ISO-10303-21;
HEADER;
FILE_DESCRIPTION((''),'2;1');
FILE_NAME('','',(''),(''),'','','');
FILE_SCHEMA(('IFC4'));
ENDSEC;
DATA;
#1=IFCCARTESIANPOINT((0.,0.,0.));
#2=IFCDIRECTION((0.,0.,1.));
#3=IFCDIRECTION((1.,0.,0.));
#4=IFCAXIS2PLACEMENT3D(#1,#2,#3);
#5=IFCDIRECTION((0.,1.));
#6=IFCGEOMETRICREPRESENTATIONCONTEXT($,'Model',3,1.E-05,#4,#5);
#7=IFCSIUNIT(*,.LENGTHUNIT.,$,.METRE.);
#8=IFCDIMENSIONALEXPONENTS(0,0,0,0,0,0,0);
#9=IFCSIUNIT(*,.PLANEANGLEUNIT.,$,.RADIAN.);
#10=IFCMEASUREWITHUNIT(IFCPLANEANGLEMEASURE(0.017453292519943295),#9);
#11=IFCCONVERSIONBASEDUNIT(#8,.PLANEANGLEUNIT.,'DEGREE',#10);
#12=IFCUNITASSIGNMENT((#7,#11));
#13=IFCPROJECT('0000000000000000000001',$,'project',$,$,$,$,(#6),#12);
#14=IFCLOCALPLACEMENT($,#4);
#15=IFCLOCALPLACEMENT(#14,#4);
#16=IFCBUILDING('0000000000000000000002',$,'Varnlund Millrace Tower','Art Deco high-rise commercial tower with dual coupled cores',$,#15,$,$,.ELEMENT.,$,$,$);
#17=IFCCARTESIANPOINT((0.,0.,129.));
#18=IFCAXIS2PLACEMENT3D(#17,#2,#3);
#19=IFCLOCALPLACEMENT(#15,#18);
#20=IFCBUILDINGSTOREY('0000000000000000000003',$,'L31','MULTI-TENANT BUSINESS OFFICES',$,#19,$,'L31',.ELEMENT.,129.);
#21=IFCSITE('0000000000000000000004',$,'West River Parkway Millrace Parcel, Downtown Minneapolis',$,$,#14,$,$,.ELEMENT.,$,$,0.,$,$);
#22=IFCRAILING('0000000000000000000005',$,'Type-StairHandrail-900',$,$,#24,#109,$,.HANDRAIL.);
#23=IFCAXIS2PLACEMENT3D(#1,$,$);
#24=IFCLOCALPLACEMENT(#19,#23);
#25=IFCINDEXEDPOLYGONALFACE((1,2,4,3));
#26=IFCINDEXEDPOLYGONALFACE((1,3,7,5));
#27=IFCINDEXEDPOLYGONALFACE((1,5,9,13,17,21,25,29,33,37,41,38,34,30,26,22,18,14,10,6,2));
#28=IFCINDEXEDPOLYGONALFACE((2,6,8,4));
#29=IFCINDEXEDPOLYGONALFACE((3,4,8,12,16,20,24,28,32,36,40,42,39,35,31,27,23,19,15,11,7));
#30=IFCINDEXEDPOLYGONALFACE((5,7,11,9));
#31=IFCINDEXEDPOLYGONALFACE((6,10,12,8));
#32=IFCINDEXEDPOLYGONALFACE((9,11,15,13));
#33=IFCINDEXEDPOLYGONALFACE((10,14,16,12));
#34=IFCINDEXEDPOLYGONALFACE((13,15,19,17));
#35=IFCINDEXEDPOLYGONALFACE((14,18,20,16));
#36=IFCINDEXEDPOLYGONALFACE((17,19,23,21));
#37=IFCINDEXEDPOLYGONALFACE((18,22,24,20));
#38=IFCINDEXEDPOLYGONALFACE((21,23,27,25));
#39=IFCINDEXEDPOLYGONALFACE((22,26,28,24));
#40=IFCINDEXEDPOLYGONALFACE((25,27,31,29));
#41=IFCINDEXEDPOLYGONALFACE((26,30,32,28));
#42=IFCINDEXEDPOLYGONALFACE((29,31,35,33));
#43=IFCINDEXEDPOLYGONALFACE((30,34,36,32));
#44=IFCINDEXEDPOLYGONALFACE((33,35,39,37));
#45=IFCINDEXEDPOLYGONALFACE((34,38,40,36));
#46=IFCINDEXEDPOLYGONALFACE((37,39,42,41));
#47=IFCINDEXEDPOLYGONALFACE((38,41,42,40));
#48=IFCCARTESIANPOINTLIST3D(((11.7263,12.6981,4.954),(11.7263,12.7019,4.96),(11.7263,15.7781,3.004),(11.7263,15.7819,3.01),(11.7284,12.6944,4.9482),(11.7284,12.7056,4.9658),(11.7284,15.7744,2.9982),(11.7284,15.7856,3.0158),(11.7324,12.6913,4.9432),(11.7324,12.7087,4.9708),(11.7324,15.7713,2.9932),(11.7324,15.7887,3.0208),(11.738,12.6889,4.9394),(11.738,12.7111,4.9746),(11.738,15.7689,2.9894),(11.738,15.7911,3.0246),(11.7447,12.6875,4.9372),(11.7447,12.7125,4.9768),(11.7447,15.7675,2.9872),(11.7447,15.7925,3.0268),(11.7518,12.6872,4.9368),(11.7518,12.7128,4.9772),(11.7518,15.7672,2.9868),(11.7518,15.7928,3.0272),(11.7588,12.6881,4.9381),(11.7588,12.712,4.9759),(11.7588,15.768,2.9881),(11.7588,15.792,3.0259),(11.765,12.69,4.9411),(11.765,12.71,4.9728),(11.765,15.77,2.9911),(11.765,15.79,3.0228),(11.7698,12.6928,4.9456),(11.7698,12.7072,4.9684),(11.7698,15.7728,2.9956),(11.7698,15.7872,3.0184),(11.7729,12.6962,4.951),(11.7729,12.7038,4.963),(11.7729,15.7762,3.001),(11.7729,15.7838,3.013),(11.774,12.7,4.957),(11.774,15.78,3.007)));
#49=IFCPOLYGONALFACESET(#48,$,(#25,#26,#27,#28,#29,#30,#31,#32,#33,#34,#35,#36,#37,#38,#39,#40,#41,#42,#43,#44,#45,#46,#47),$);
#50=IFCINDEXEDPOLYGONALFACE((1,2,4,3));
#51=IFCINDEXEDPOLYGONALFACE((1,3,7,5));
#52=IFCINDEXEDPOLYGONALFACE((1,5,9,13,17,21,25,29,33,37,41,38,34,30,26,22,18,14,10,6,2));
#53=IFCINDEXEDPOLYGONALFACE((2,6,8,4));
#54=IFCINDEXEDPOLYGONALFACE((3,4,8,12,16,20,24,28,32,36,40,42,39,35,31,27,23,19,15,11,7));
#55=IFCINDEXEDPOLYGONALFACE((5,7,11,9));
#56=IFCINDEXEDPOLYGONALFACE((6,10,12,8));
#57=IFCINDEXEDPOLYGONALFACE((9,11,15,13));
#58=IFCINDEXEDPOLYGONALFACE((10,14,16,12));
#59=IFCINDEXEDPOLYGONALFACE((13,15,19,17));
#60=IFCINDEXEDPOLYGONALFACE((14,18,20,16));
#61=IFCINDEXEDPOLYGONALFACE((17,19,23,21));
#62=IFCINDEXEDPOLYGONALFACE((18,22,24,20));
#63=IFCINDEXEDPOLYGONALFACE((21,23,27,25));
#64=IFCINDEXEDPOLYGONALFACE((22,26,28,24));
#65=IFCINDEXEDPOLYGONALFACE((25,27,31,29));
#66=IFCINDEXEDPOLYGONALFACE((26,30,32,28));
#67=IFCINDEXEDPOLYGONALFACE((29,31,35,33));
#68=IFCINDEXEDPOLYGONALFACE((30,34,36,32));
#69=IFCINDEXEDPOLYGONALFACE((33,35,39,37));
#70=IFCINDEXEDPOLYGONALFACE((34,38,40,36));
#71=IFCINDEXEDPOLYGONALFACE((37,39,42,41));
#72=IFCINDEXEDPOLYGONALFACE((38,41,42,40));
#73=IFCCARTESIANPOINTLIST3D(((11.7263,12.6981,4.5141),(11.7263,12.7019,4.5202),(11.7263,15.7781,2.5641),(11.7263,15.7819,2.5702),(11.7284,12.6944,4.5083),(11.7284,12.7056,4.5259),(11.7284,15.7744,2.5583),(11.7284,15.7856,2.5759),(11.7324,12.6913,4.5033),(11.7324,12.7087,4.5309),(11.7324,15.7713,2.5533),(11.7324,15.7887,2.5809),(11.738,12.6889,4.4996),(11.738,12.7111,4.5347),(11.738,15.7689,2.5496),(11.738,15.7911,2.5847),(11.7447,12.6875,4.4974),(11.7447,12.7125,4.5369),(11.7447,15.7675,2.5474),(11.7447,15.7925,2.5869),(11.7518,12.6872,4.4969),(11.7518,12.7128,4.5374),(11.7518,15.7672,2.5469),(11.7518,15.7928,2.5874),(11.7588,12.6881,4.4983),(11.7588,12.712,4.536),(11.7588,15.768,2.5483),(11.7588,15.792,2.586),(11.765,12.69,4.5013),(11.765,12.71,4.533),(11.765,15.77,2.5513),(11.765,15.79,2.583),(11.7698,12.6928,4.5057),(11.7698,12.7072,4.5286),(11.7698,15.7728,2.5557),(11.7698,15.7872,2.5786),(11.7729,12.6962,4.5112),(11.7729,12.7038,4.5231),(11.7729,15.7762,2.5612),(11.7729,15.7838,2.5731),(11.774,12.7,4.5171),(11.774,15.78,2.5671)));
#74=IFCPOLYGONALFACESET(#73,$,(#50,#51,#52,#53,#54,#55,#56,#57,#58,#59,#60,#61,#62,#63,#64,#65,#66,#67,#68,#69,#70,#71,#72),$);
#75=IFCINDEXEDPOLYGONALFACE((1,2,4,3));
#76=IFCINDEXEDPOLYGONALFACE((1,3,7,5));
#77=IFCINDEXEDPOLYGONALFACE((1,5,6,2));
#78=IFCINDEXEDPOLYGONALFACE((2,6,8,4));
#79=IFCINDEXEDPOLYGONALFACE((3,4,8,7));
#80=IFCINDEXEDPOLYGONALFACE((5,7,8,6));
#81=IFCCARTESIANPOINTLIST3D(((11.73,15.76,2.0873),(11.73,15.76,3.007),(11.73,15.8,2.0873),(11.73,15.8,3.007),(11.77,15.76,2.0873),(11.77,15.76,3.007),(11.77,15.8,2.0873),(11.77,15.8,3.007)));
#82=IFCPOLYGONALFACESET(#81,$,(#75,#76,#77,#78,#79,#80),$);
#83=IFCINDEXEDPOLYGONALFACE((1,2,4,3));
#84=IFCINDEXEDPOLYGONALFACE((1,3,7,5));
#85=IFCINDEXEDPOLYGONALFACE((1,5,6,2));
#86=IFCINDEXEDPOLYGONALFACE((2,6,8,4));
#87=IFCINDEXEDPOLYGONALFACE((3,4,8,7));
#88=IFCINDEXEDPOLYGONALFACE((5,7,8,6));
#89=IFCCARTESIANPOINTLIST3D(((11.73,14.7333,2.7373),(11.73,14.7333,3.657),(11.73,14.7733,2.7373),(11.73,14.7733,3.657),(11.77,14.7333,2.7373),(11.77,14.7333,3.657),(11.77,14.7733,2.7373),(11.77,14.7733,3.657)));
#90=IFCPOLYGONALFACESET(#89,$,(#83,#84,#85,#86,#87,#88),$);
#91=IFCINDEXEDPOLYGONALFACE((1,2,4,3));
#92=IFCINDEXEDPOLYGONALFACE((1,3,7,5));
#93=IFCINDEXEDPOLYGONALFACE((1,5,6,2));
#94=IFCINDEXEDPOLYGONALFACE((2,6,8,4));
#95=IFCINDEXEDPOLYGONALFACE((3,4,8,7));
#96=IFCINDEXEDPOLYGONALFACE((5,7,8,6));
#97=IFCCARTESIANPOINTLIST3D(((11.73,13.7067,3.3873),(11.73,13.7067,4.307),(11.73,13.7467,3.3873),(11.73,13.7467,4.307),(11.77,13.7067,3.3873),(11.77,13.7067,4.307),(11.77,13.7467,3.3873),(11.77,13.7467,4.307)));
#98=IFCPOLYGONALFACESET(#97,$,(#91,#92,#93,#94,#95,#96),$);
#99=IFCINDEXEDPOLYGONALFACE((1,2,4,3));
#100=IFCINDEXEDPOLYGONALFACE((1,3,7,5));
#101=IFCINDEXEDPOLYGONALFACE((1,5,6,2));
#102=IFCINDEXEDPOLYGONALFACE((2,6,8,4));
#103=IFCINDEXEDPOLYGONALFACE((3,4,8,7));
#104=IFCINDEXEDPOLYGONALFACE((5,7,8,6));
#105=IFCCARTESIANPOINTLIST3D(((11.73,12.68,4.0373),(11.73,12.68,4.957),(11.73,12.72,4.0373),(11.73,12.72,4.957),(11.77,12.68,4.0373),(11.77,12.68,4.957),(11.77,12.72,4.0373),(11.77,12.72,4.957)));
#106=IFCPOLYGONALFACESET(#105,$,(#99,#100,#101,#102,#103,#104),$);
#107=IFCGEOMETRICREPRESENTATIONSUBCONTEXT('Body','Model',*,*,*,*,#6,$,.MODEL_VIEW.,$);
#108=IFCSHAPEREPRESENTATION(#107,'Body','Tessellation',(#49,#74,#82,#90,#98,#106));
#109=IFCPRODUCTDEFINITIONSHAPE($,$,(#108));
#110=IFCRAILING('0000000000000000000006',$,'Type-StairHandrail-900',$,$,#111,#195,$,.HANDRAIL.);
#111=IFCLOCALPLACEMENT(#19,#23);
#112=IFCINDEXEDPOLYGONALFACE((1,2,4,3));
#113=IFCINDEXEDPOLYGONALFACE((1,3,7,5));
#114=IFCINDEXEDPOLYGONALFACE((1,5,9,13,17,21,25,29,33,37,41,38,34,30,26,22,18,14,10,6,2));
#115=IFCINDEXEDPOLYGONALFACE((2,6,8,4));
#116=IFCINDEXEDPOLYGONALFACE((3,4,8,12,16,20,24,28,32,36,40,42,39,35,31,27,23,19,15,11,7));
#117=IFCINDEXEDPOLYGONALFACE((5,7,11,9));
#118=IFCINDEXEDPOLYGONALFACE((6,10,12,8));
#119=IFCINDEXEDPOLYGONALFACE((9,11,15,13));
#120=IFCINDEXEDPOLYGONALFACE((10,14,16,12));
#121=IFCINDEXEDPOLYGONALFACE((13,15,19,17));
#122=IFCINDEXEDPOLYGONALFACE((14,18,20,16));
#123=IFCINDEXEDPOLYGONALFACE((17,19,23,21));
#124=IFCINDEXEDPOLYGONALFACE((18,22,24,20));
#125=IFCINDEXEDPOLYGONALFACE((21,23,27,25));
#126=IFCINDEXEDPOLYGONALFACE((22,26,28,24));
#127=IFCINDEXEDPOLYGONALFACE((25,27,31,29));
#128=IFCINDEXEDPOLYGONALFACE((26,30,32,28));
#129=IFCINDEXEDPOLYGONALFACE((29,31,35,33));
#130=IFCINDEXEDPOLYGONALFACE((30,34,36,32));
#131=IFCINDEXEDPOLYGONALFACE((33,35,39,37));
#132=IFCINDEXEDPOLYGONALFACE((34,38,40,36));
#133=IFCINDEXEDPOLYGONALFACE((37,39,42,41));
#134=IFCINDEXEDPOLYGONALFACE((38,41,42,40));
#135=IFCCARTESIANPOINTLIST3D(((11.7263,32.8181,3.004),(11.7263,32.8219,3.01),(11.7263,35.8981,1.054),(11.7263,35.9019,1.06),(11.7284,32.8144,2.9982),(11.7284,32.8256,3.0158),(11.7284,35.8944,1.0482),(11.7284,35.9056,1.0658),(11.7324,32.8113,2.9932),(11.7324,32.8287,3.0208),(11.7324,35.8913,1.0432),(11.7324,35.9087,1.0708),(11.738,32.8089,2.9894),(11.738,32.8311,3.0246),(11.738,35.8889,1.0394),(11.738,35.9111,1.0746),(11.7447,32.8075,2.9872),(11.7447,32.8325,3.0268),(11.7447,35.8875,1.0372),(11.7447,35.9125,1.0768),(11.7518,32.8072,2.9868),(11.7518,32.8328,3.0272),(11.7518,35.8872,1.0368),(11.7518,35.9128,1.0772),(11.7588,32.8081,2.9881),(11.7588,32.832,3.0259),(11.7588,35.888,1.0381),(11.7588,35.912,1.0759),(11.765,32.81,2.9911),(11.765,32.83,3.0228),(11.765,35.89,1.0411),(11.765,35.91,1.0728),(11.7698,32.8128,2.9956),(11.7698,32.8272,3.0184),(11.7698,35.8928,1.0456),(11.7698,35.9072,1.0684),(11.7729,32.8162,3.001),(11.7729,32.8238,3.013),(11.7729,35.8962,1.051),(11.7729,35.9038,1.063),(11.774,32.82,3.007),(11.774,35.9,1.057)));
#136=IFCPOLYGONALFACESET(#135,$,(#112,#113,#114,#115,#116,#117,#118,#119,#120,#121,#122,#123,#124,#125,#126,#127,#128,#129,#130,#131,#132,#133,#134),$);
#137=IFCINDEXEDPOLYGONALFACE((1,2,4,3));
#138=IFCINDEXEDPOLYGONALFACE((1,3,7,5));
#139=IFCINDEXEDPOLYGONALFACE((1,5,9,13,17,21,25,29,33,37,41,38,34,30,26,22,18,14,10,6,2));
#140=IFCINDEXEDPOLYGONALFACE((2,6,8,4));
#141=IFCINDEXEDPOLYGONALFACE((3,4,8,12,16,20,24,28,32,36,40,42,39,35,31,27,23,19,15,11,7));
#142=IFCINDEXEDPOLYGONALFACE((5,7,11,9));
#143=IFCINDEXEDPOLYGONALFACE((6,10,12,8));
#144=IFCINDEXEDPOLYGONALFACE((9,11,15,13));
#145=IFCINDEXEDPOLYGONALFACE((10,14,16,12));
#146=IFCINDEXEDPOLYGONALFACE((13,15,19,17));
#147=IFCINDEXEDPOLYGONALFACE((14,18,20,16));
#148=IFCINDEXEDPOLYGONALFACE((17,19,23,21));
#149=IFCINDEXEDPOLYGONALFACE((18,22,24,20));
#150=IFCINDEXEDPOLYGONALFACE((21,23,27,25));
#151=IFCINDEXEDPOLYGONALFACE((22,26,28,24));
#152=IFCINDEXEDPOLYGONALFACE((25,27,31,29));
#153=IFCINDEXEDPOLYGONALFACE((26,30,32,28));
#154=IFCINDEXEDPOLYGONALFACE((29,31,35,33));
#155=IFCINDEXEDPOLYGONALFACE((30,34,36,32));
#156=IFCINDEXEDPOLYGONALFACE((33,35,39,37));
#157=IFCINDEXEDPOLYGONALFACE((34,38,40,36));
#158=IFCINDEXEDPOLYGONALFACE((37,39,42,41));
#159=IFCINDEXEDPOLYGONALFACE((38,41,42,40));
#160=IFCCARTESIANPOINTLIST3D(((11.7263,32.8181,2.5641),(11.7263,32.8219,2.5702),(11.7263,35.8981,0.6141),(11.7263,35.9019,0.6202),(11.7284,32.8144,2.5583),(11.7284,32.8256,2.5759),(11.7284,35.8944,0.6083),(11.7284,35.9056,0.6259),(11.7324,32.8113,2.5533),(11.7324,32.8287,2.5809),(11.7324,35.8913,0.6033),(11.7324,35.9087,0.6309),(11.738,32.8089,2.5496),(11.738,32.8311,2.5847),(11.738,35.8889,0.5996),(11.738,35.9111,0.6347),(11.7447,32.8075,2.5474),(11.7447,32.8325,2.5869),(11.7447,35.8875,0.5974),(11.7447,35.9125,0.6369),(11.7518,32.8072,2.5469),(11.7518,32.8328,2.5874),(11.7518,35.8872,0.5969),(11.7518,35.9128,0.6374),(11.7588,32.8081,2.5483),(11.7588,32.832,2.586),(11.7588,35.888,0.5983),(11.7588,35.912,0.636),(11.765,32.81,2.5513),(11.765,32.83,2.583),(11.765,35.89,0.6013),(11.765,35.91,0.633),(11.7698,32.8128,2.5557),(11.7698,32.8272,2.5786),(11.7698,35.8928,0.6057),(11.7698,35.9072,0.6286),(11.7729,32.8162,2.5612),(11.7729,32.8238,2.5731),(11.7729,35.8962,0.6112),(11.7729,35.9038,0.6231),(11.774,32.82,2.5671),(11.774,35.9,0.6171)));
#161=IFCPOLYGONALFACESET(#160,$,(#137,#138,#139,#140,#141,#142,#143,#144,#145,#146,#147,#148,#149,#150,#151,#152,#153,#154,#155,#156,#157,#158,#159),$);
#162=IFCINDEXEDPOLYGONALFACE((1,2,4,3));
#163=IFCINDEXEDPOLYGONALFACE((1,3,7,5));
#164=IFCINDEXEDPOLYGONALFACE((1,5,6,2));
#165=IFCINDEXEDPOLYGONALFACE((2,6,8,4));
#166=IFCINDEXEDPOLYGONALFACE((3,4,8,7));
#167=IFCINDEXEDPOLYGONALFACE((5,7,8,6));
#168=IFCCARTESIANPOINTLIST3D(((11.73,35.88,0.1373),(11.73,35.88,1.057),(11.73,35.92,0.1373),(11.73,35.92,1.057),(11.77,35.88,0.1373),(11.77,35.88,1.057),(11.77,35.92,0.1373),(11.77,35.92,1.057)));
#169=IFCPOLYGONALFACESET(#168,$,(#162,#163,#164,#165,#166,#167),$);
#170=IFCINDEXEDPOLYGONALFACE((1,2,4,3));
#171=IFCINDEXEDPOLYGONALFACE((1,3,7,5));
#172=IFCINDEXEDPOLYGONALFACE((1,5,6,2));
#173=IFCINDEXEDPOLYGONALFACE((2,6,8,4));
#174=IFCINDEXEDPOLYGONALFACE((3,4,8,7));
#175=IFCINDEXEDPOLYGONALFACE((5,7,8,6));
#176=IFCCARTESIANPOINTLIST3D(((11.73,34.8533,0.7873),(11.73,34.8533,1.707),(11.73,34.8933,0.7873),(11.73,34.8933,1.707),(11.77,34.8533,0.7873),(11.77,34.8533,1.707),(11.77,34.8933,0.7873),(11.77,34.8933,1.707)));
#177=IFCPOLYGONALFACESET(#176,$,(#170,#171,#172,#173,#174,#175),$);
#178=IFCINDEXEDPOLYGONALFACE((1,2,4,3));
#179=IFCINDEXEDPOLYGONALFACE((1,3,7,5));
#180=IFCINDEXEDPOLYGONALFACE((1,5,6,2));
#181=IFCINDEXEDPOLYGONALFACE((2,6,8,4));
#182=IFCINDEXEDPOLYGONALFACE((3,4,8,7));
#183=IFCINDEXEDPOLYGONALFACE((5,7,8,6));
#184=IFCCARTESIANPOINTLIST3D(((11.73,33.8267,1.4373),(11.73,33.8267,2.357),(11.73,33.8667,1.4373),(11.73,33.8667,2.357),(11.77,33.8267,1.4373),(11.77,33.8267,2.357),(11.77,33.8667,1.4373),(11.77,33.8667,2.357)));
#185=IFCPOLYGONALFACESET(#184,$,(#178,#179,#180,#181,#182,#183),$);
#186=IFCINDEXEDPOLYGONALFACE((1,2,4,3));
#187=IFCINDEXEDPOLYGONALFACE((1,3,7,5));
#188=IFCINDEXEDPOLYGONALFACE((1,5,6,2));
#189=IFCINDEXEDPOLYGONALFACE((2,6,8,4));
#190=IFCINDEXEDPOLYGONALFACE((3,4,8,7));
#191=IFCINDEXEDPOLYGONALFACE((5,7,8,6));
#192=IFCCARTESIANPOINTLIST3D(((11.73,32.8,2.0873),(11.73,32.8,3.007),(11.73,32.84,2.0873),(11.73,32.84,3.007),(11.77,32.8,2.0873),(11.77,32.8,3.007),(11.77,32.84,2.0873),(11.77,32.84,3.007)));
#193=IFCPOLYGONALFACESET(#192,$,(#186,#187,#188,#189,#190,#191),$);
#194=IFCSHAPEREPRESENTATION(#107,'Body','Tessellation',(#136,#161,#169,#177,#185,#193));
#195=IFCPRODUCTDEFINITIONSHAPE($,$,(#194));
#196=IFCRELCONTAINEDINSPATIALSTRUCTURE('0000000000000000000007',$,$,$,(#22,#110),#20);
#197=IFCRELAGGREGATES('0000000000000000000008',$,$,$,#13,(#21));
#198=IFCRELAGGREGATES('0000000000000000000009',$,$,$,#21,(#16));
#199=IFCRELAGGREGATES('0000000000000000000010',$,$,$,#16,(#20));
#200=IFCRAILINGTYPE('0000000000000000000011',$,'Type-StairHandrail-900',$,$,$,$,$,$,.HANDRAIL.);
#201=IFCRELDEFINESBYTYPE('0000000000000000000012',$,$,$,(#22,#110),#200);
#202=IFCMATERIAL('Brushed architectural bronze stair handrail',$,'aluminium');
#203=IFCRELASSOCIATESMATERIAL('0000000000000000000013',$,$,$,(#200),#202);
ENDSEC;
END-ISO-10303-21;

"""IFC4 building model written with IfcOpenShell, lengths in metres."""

from ifc_helpers import new_model, entity, si_unit, converted_unit, direction, frame, origin_with_axes, origin_2d_with_axis, place, context, subcontext, project, spatial, rectangle, circle, extrude, material, type_object, element, save


model = new_model("IFC4")

# Units and contexts
model_context = context("Model", 3, precision=1e-05, world=origin_with_axes(), true_north=direction((0.0, 1.0)))
body_context = subcontext(model_context, "Body", "Model", "MODEL_VIEW")
ifc_project = project(units=[si_unit("LENGTHUNIT", "METRE"), converted_unit("PLANEANGLEUNIT", "DEGREE", entity("IfcPlaneAngleMeasure", 0.017453292519943295), si_unit("PLANEANGLEUNIT", "RADIAN"), dimensions=[0, 0, 0, 0, 0, 0, 0])], contexts=[model_context])

# Site, building, storey
site_placement = place(None, origin_with_axes())
site = spatial("IfcSite", under=ifc_project, at=site_placement, Name="West River Parkway Millrace Parcel, Downtown Minneapolis", CompositionType="ELEMENT", RefElevation=0.0)
building_placement = place(site_placement, origin_with_axes())
building = spatial("IfcBuilding", under=site, at=building_placement, Name="Varnlund Millrace Tower", Description="Art Deco high-rise commercial tower with dual coupled cores", CompositionType="ELEMENT")
storey_placement = place(building_placement, frame((0.0, 0.0, 129.0), z_axis=(0.0, 0.0, 1.0), x_axis=(1.0, 0.0, 0.0)))
storey = spatial("IfcBuildingStorey", under=building, at=storey_placement, Name="L31", Description="MULTI-TENANT BUSINESS OFFICES", LongName="L31", CompositionType="ELEMENT", Elevation=129.0)

# Railings
ifc_material_1 = material(Name="Brushed architectural bronze stair handrail", Category="aluminium")
railing_type_1 = type_object("IfcRailingType", Name="Type-StairHandrail-900", PredefinedType="HANDRAIL", material=ifc_material_1)
railing_1_placement = place(storey_placement, frame((0.0, 0.0, -129.0), z_axis=(0.0, 0.0, 1.0), x_axis=(1.0, 0.0, 0.0)))
element("IfcRailing", 1, at=railing_1_placement, inside=storey, type_object=railing_type_1, Name="Type-StairHandrail-900", PredefinedType="HANDRAIL", context=body_context, shape_type="SweptSolid", body=[
    extrude(circle(Radius=0.024, at=origin_2d_with_axis()), frame((11.75, 15.78, 132.007), z_axis=(0.0, -0.844902, 0.534922), x_axis=(1.0, 0.0, 0.0)), (0.0, 0.0, 1.0), 3.6454),
    extrude(circle(Radius=0.024, at=origin_2d_with_axis()), frame((11.75, 15.78, 131.5671), z_axis=(0.0, -0.844902, 0.534922), x_axis=(1.0, 0.0, 0.0)), (0.0, 0.0, 1.0), 3.6454),
    extrude(rectangle(XDim=0.04, YDim=0.04, at=origin_2d_with_axis()), frame((11.75, 15.78, 131.0873), z_axis=(0.0, 0.0, 1.0), x_axis=(1.0, 0.0, 0.0)), (0.0, 0.0, 1.0), 0.9197),
    extrude(rectangle(XDim=0.04, YDim=0.04, at=origin_2d_with_axis()), frame((11.75, 14.7533, 131.7373), z_axis=(0.0, 0.0, 1.0), x_axis=(1.0, 0.0, 0.0)), (0.0, 0.0, 1.0), 0.9197),
    extrude(rectangle(XDim=0.04, YDim=0.04, at=origin_2d_with_axis()), frame((11.75, 13.7267, 132.3873), z_axis=(0.0, 0.0, 1.0), x_axis=(1.0, 0.0, 0.0)), (0.0, 0.0, 1.0), 0.9197),
    extrude(rectangle(XDim=0.04, YDim=0.04, at=origin_2d_with_axis()), frame((11.75, 12.7, 133.0373), z_axis=(0.0, 0.0, 1.0), x_axis=(1.0, 0.0, 0.0)), (0.0, 0.0, 1.0), 0.9197),
])
railing_2_placement = place(storey_placement, frame((0.0, 0.0, -129.0), z_axis=(0.0, 0.0, 1.0), x_axis=(1.0, 0.0, 0.0)))
element("IfcRailing", 2, at=railing_2_placement, inside=storey, type_object=railing_type_1, Name="Type-StairHandrail-900", PredefinedType="HANDRAIL", context=body_context, shape_type="SweptSolid", body=[
    extrude(circle(Radius=0.024, at=origin_2d_with_axis()), frame((11.75, 35.9, 130.057), z_axis=(0.0, -0.844902, 0.534922), x_axis=(1.0, 0.0, 0.0)), (0.0, 0.0, 1.0), 3.6454),
    extrude(circle(Radius=0.024, at=origin_2d_with_axis()), frame((11.75, 35.9, 129.6171), z_axis=(0.0, -0.844902, 0.534922), x_axis=(1.0, 0.0, 0.0)), (0.0, 0.0, 1.0), 3.6454),
    extrude(rectangle(XDim=0.04, YDim=0.04, at=origin_2d_with_axis()), frame((11.75, 35.9, 129.1373), z_axis=(0.0, 0.0, 1.0), x_axis=(1.0, 0.0, 0.0)), (0.0, 0.0, 1.0), 0.9197),
    extrude(rectangle(XDim=0.04, YDim=0.04, at=origin_2d_with_axis()), frame((11.75, 34.8733, 129.7873), z_axis=(0.0, 0.0, 1.0), x_axis=(1.0, 0.0, 0.0)), (0.0, 0.0, 1.0), 0.9197),
    extrude(rectangle(XDim=0.04, YDim=0.04, at=origin_2d_with_axis()), frame((11.75, 33.8467, 130.4373), z_axis=(0.0, 0.0, 1.0), x_axis=(1.0, 0.0, 0.0)), (0.0, 0.0, 1.0), 0.9197),
    extrude(rectangle(XDim=0.04, YDim=0.04, at=origin_2d_with_axis()), frame((11.75, 32.82, 131.0873), z_axis=(0.0, 0.0, 1.0), x_axis=(1.0, 0.0, 0.0)), (0.0, 0.0, 1.0), 0.9197),
])

save(model, "model.ifc")
